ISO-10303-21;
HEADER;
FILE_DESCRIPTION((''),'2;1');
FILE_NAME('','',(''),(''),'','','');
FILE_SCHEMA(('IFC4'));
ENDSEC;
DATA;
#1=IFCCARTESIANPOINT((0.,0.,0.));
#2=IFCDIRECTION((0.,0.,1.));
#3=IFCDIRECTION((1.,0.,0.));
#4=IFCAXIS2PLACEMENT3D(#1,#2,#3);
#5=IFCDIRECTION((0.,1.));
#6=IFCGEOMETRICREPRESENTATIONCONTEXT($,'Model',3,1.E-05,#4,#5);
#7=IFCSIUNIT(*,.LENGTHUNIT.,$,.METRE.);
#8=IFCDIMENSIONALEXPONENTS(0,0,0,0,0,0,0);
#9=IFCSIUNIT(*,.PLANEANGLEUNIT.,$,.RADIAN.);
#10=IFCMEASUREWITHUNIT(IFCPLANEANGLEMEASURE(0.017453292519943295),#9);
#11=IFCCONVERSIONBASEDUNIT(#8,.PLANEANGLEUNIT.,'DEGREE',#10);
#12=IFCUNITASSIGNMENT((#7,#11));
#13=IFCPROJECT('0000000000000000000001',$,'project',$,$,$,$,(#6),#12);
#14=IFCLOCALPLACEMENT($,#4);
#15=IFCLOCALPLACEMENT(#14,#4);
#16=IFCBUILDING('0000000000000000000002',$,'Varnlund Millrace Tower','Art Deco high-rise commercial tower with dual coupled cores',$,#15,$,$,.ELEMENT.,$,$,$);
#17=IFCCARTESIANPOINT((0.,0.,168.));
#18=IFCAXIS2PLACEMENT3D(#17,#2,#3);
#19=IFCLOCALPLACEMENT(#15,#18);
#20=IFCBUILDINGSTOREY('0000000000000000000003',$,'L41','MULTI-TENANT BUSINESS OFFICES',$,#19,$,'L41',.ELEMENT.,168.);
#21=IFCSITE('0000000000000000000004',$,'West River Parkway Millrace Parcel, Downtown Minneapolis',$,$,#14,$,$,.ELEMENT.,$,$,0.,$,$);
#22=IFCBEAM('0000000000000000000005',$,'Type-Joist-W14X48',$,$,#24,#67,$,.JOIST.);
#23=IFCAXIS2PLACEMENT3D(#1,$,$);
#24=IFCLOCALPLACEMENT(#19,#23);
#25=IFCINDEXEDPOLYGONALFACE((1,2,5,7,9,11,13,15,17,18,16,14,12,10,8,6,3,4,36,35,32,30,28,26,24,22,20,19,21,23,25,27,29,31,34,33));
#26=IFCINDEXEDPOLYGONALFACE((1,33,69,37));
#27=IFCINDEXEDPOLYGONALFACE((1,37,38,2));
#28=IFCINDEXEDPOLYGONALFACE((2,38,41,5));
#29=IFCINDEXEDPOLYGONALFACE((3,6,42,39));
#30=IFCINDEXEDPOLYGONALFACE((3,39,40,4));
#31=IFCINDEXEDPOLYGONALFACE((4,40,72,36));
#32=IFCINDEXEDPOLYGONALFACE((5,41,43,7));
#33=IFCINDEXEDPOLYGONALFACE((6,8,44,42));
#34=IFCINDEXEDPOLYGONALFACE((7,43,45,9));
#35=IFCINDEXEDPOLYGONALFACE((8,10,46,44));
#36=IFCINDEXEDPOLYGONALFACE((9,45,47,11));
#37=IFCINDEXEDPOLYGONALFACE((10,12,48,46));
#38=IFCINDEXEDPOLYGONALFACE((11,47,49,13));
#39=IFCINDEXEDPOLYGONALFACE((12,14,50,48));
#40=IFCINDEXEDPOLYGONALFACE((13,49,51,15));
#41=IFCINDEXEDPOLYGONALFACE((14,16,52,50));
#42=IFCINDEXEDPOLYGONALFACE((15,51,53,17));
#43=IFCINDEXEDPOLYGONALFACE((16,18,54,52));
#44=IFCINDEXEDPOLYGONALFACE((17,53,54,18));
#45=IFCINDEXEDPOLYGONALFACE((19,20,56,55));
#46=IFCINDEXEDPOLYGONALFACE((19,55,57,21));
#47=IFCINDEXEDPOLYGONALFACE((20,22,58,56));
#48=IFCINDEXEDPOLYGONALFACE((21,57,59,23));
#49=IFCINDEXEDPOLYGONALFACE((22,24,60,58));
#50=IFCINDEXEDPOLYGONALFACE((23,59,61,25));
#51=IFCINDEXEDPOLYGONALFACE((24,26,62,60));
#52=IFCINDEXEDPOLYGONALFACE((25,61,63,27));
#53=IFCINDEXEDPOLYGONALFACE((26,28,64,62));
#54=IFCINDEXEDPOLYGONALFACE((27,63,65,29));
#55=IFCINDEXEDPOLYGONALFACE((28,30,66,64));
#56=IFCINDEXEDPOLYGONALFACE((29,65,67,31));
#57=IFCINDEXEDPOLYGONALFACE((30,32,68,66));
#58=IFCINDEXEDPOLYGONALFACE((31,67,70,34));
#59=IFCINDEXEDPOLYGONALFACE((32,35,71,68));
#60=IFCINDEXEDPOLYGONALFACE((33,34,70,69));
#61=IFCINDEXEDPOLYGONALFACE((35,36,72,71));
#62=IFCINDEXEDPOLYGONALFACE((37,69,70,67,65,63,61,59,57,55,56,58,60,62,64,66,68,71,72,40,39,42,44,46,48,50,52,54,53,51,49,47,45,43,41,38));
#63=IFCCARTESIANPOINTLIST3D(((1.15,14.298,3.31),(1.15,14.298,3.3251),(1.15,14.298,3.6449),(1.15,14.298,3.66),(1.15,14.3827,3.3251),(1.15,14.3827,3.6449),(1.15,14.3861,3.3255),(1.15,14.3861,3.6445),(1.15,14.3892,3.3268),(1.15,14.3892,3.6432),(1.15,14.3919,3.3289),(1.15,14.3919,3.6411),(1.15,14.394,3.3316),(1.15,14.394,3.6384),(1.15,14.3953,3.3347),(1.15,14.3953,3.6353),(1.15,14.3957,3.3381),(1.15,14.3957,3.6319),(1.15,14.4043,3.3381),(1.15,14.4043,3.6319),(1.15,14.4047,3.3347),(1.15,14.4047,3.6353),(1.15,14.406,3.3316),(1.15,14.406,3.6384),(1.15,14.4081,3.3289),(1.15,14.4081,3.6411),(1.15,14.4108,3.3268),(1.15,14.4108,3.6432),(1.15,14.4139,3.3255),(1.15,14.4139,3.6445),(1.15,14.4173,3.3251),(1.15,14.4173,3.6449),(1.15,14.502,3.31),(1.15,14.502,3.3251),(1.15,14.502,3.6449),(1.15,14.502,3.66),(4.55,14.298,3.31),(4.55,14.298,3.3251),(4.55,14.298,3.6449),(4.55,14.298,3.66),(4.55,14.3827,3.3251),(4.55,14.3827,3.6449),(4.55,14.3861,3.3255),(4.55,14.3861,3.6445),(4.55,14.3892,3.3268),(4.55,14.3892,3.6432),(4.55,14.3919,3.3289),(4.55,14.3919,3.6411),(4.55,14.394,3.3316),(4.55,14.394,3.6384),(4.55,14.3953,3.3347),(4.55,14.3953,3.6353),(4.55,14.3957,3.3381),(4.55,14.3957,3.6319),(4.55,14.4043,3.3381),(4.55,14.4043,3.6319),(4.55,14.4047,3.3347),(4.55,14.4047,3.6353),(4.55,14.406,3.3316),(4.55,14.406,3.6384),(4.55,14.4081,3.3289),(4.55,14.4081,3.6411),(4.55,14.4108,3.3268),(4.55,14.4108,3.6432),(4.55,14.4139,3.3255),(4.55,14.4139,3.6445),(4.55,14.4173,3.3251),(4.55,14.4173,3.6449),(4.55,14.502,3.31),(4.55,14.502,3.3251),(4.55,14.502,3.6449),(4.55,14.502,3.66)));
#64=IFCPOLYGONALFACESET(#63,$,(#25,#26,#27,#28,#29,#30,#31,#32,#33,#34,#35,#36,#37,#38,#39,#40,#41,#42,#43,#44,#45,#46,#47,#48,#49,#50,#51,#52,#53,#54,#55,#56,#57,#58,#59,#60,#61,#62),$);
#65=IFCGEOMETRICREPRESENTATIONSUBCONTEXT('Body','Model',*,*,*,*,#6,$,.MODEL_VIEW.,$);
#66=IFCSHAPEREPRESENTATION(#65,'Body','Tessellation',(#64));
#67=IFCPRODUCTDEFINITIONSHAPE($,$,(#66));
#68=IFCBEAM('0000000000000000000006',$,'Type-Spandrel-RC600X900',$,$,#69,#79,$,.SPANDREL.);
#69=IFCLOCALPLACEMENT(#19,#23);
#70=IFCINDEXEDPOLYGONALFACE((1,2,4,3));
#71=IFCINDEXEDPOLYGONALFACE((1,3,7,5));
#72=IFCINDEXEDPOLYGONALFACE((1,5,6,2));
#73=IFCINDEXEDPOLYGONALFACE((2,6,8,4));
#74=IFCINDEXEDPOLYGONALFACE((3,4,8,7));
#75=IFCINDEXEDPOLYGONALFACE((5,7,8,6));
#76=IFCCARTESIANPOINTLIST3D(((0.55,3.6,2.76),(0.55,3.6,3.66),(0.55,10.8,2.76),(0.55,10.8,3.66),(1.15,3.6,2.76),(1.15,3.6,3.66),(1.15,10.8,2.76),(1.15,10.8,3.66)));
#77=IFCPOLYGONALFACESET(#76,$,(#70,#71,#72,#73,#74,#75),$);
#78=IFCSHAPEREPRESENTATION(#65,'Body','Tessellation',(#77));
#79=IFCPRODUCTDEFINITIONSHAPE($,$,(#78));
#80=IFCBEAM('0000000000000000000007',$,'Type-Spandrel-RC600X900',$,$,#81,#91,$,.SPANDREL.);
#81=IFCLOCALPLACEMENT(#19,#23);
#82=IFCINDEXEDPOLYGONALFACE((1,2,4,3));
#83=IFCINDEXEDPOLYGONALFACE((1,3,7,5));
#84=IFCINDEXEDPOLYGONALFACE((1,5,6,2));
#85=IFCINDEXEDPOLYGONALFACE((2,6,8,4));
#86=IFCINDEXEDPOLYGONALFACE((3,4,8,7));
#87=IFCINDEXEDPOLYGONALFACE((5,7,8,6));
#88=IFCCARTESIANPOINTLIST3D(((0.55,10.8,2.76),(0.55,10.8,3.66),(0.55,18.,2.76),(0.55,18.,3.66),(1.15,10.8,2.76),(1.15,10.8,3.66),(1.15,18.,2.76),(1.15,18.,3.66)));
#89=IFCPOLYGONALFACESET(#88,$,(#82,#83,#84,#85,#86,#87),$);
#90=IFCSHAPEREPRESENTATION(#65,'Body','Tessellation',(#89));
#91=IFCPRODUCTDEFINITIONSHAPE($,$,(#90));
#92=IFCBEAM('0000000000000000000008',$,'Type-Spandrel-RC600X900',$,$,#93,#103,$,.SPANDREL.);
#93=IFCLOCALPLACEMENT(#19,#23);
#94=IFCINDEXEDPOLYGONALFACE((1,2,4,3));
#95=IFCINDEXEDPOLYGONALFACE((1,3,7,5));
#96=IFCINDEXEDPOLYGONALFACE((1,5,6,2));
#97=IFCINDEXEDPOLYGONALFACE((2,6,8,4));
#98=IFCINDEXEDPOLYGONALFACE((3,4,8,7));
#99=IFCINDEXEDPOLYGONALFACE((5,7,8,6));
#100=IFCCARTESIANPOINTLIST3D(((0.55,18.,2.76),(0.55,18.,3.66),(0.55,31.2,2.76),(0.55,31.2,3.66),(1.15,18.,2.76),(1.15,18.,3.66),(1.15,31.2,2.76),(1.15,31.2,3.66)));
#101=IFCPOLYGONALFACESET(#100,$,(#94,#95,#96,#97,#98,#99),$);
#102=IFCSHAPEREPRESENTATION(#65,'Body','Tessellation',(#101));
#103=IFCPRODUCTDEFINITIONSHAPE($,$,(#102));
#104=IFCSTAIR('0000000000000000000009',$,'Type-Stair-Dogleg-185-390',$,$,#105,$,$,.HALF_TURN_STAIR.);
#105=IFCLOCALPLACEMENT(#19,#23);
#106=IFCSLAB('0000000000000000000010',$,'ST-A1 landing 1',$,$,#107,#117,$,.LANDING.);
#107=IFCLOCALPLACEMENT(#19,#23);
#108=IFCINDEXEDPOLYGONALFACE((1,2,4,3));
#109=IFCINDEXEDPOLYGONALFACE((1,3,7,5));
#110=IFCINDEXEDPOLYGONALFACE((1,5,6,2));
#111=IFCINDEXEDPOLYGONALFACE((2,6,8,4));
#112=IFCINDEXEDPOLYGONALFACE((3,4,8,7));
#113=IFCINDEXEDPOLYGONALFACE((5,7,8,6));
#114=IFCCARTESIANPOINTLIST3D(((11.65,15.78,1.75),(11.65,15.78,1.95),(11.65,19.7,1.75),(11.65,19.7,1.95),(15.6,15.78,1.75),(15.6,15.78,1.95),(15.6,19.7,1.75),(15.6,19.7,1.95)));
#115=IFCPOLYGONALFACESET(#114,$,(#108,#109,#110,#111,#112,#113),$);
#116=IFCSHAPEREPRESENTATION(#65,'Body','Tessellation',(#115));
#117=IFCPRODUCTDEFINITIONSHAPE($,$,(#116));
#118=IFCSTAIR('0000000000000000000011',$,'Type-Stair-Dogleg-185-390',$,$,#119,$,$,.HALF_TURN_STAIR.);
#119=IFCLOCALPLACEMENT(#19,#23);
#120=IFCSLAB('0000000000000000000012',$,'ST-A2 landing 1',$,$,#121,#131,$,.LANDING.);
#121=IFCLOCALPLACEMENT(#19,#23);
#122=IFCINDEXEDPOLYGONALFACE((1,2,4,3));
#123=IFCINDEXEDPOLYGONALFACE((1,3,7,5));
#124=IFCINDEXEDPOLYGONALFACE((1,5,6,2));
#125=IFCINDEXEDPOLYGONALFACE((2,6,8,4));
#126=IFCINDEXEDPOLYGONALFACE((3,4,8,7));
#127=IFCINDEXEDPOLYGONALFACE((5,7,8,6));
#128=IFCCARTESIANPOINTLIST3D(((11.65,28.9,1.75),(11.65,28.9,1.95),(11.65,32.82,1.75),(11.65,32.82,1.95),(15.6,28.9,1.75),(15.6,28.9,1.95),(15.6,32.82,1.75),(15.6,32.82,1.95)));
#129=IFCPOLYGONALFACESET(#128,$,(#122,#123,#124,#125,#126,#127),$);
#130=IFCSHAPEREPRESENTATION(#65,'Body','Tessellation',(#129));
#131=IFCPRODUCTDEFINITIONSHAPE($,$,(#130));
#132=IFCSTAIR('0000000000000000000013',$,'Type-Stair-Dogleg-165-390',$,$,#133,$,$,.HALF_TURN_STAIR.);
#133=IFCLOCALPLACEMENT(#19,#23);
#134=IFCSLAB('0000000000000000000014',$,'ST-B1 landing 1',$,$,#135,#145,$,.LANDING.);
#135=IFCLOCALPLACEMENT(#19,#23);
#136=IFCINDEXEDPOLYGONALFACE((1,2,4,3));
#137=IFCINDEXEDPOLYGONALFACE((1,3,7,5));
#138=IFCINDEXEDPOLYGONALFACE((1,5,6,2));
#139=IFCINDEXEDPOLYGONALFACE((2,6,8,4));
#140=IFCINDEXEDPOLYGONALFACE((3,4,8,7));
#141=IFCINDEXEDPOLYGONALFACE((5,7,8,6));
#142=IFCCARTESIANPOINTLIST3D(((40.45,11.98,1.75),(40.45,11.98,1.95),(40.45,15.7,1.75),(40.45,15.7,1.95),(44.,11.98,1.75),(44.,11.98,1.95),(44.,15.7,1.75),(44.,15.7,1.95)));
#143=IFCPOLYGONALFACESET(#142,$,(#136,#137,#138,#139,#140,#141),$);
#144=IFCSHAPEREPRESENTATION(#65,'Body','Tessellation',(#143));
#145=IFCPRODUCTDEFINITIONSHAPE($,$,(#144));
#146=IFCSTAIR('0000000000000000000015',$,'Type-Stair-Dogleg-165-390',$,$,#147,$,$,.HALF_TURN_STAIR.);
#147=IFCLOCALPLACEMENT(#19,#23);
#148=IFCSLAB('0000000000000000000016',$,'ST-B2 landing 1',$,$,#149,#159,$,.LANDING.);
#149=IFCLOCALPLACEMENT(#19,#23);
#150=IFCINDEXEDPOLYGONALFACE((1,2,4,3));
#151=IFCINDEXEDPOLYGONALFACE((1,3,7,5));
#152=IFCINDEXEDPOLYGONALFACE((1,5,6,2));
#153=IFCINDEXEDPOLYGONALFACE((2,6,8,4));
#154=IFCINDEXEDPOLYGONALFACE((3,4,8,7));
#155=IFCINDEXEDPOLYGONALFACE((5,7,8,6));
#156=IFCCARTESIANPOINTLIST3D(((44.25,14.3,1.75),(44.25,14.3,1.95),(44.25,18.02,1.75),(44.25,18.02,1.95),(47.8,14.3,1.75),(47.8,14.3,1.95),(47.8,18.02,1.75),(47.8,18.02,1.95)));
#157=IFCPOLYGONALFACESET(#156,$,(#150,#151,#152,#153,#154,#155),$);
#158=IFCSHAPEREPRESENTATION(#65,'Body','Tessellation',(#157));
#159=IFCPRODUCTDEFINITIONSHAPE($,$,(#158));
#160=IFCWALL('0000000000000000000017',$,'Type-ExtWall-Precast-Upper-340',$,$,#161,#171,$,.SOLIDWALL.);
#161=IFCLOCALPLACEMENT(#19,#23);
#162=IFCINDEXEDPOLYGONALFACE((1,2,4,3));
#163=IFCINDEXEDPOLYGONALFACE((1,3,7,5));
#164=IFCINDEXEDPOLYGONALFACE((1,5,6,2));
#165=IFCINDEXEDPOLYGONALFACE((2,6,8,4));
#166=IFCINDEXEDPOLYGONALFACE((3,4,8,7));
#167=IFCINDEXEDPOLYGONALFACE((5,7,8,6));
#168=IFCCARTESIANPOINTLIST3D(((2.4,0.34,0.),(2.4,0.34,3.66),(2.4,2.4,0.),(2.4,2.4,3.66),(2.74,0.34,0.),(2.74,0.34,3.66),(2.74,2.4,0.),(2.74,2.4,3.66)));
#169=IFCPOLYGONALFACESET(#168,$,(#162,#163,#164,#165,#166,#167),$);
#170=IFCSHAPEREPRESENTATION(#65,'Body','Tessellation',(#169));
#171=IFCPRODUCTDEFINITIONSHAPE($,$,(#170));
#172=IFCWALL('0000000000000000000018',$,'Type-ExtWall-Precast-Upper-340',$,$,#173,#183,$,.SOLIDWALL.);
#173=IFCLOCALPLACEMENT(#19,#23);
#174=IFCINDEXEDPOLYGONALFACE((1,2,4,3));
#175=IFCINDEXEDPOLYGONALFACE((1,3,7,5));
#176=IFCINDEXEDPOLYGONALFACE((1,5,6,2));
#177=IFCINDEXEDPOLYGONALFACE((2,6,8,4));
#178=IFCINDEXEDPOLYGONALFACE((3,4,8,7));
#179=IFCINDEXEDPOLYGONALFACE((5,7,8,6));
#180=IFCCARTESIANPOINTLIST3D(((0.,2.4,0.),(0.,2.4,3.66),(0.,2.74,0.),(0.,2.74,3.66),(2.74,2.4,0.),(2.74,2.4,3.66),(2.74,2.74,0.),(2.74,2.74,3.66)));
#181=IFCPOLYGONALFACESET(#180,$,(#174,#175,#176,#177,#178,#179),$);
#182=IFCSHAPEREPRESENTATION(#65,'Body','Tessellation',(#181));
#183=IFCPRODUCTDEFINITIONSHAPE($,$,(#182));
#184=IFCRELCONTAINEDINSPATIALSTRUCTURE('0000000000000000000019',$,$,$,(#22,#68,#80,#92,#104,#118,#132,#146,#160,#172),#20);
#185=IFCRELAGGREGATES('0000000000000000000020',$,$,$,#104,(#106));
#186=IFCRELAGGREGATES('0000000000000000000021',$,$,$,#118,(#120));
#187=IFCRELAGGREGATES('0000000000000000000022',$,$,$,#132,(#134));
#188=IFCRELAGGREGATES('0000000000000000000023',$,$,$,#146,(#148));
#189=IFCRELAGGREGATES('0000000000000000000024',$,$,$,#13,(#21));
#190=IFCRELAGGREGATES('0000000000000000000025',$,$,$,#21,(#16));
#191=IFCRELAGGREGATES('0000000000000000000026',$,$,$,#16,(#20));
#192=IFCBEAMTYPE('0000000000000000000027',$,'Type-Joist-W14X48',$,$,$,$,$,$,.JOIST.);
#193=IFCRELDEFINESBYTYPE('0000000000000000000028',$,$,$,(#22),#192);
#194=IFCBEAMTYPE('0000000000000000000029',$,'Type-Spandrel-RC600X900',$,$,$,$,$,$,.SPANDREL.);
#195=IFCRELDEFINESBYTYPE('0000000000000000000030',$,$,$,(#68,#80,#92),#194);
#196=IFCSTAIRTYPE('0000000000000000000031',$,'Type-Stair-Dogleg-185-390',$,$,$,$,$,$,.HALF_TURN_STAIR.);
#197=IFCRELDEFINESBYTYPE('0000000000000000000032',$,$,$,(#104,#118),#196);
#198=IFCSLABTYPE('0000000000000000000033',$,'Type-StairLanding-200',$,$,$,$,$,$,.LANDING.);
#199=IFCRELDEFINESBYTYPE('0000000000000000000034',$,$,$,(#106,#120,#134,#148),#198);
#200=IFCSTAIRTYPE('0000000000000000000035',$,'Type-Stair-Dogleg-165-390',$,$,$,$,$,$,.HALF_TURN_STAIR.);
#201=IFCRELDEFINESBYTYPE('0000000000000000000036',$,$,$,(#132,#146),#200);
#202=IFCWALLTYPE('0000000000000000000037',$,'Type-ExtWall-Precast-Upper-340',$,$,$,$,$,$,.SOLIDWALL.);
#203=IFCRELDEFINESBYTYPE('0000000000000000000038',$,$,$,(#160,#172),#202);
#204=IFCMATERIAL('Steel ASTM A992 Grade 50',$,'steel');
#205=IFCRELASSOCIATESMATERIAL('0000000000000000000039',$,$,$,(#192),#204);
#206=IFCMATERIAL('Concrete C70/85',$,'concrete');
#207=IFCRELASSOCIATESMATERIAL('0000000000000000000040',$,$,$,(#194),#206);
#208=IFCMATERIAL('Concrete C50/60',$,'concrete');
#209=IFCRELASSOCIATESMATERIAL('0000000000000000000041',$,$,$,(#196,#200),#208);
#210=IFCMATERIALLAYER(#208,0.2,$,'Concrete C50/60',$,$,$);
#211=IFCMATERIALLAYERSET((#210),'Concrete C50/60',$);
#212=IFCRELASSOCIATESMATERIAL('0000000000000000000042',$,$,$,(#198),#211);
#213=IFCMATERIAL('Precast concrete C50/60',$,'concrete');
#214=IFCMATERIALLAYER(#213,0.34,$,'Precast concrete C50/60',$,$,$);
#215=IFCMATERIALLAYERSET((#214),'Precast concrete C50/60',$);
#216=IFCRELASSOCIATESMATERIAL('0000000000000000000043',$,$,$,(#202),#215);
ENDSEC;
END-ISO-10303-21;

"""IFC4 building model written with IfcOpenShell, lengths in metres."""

from ifc_helpers import new_model, entity, si_unit, converted_unit, direction, frame, origin_with_axes, origin_2d_with_axis, place, context, subcontext, project, spatial, polyline, rectangle, i_section, outline, extrude, material, layer, layer_set, material_profile, profile_set, type_object, element, aggregate, save


model = new_model("IFC4")

# Units and contexts
model_context = context("Model", 3, precision=1e-05, world=origin_with_axes(), true_north=direction((0.0, 1.0)))
body_context = subcontext(model_context, "Body", "Model", "MODEL_VIEW")
ifc_project = project(units=[si_unit("LENGTHUNIT", "METRE"), converted_unit("PLANEANGLEUNIT", "DEGREE", entity("IfcPlaneAngleMeasure", 0.017453292519943295), si_unit("PLANEANGLEUNIT", "RADIAN"), dimensions=[0, 0, 0, 0, 0, 0, 0])], contexts=[model_context])

# Site, building, storey
site_placement = place(None, origin_with_axes())
site = spatial("IfcSite", under=ifc_project, at=site_placement, Name="West River Parkway Millrace Parcel, Downtown Minneapolis", CompositionType="ELEMENT", RefElevation=0.0)
building_placement = place(site_placement, origin_with_axes())
building = spatial("IfcBuilding", under=site, at=building_placement, Name="Varnlund Millrace Tower", Description="Art Deco high-rise commercial tower with dual coupled cores", CompositionType="ELEMENT")
storey_placement = place(building_placement, frame((0.0, 0.0, 168.0), z_axis=(0.0, 0.0, 1.0), x_axis=(1.0, 0.0, 0.0)))
storey = spatial("IfcBuildingStorey", under=building, at=storey_placement, Name="L41", Description="MULTI-TENANT BUSINESS OFFICES", LongName="L41", CompositionType="ELEMENT", Elevation=168.0)

# Beams
ifc_material_1 = material(Name="Steel ASTM A992 Grade 50", Category="steel")
ifc_material_profile_1 = material_profile(ifc_material_1, i_section(OverallWidth=0.204, OverallDepth=0.35, WebThickness=0.0086, FlangeThickness=0.0151, FilletRadius=0.013, at=origin_2d_with_axis()), Name="Steel ASTM A992 Grade 50")
ifc_profile_set_1 = profile_set([ifc_material_profile_1], Name="Steel ASTM A992 Grade 50")
beam_type_1 = type_object("IfcBeamType", Name="Type-Joist-W14X48", PredefinedType="JOIST", material=ifc_profile_set_1)
for number, where, z_axis, x_axis, name in (
    (1, (1.15, 14.4, 3.485), (1.0, 0.0, 0.0), (0.0, 1.0, 0.0), "Type-Joist-W14X48"),
):
    element("IfcBeam", number, at=place(storey_placement, frame(where, z_axis=z_axis, x_axis=x_axis)), inside=storey, type_object=beam_type_1, Name=name, PredefinedType="JOIST", context=body_context, shape_type="SweptSolid", body=[
        extrude(i_section(OverallWidth=0.204, OverallDepth=0.35, WebThickness=0.0086, FlangeThickness=0.0151, FilletRadius=0.013, at=origin_2d_with_axis()), origin_with_axes(), (0.0, 0.0, 1.0), 3.4),
    ])
ifc_material_2 = material(Name="Concrete C70/85", Category="concrete")
ifc_material_profile_2 = material_profile(ifc_material_2, rectangle(XDim=0.6, YDim=0.9, at=origin_2d_with_axis()), Name="Concrete C70/85")
ifc_profile_set_2 = profile_set([ifc_material_profile_2], Name="Concrete C70/85")
beam_type_2 = type_object("IfcBeamType", Name="Type-Spandrel-RC600X900", PredefinedType="SPANDREL", material=ifc_profile_set_2)
for number, where, z_axis, x_axis, name in (
    (2, (0.85, 3.6, 3.21), (0.0, 1.0, 0.0), (-1.0, 0.0, 0.0), "Type-Spandrel-RC600X900"),
    (3, (0.85, 10.8, 3.21), (0.0, 1.0, 0.0), (-1.0, 0.0, 0.0), "Type-Spandrel-RC600X900"),
):
    element("IfcBeam", number, at=place(storey_placement, frame(where, z_axis=z_axis, x_axis=x_axis)), inside=storey, type_object=beam_type_2, Name=name, PredefinedType="SPANDREL", context=body_context, shape_type="SweptSolid", body=[
        extrude(rectangle(XDim=0.6, YDim=0.9, at=origin_2d_with_axis()), origin_with_axes(), (0.0, 0.0, 1.0), 7.2),
    ])
beam_1_placement = place(storey_placement, frame((0.85, 18.0, 3.21), z_axis=(0.0, 1.0, 0.0), x_axis=(-1.0, 0.0, 0.0)))
element("IfcBeam", 4, at=beam_1_placement, inside=storey, type_object=beam_type_2, Name="Type-Spandrel-RC600X900", PredefinedType="SPANDREL", context=body_context, shape_type="SweptSolid", body=[
    extrude(rectangle(XDim=0.6, YDim=0.9, at=origin_2d_with_axis()), origin_with_axes(), (0.0, 0.0, 1.0), 13.2),
])

# Stairs, slabs
ifc_material_3 = material(Name="Concrete C50/60", Category="concrete")
stair_type_1 = type_object("IfcStairType", Name="Type-Stair-Dogleg-185-390", PredefinedType="HALF_TURN_STAIR", material=ifc_material_3)
stair_1_placement = place(storey_placement, origin_with_axes())
stair_1 = element("IfcStair", 5, at=stair_1_placement, inside=storey, type_object=stair_type_1, Name="Type-Stair-Dogleg-185-390", PredefinedType="HALF_TURN_STAIR")
ifc_layer_1 = layer(ifc_material_3, 0.2, Name="Concrete C50/60")
ifc_layer_set_1 = layer_set([ifc_layer_1], Name="Concrete C50/60")
slab_type = type_object("IfcSlabType", Name="Type-StairLanding-200", PredefinedType="LANDING", material=ifc_layer_set_1)
slab_1_placement = place(storey_placement, frame((0.0, 0.0, 1.75), z_axis=(0.0, 0.0, 1.0), x_axis=(1.0, 0.0, 0.0)))
slab_1 = element("IfcSlab", 6, at=slab_1_placement, type_object=slab_type, Name="ST-A1 landing 1", PredefinedType="LANDING", context=body_context, shape_type="SweptSolid", body=[
    extrude(outline(polyline([(15.6, 15.78), (15.6, 19.7), (11.65, 19.7), (11.65, 15.78), (15.6, 15.78)])), origin_with_axes(), (0.0, 0.0, 1.0), 0.2),
])
aggregate(stair_1, [slab_1])
stair_2_placement = place(storey_placement, origin_with_axes())
stair_2 = element("IfcStair", 7, at=stair_2_placement, inside=storey, type_object=stair_type_1, Name="Type-Stair-Dogleg-185-390", PredefinedType="HALF_TURN_STAIR")
slab_2_placement = place(storey_placement, frame((0.0, 0.0, 1.75), z_axis=(0.0, 0.0, 1.0), x_axis=(1.0, 0.0, 0.0)))
slab_2 = element("IfcSlab", 8, at=slab_2_placement, type_object=slab_type, Name="ST-A2 landing 1", PredefinedType="LANDING", context=body_context, shape_type="SweptSolid", body=[
    extrude(outline(polyline([(11.65, 32.82), (11.65, 28.9), (15.6, 28.9), (15.6, 32.82), (11.65, 32.82)])), origin_with_axes(), (0.0, 0.0, 1.0), 0.2),
])
aggregate(stair_2, [slab_2])
stair_type_2 = type_object("IfcStairType", Name="Type-Stair-Dogleg-165-390", PredefinedType="HALF_TURN_STAIR", material=ifc_material_3)
stair_3_placement = place(storey_placement, origin_with_axes())
stair_3 = element("IfcStair", 9, at=stair_3_placement, inside=storey, type_object=stair_type_2, Name="Type-Stair-Dogleg-165-390", PredefinedType="HALF_TURN_STAIR")
slab_3_placement = place(storey_placement, frame((0.0, 0.0, 1.75), z_axis=(0.0, 0.0, 1.0), x_axis=(1.0, 0.0, 0.0)))
slab_3 = element("IfcSlab", 10, at=slab_3_placement, type_object=slab_type, Name="ST-B1 landing 1", PredefinedType="LANDING", context=body_context, shape_type="SweptSolid", body=[
    extrude(outline(polyline([(44.0, 11.98), (44.0, 15.7), (40.45, 15.7), (40.45, 11.98), (44.0, 11.98)])), origin_with_axes(), (0.0, 0.0, 1.0), 0.2),
])
aggregate(stair_3, [slab_3])
stair_4_placement = place(storey_placement, origin_with_axes())
stair_4 = element("IfcStair", 11, at=stair_4_placement, inside=storey, type_object=stair_type_2, Name="Type-Stair-Dogleg-165-390", PredefinedType="HALF_TURN_STAIR")
slab_4_placement = place(storey_placement, frame((0.0, 0.0, 1.75), z_axis=(0.0, 0.0, 1.0), x_axis=(1.0, 0.0, 0.0)))
slab_4 = element("IfcSlab", 12, at=slab_4_placement, type_object=slab_type, Name="ST-B2 landing 1", PredefinedType="LANDING", context=body_context, shape_type="SweptSolid", body=[
    extrude(outline(polyline([(44.25, 18.02), (44.25, 14.3), (47.8, 14.3), (47.8, 18.02), (44.25, 18.02)])), origin_with_axes(), (0.0, 0.0, 1.0), 0.2),
])
aggregate(stair_4, [slab_4])

# Walls
ifc_material_4 = material(Name="Precast concrete C50/60", Category="concrete")
ifc_layer_2 = layer(ifc_material_4, 0.34, Name="Precast concrete C50/60")
ifc_layer_set_2 = layer_set([ifc_layer_2], Name="Precast concrete C50/60")
wall_type = type_object("IfcWallType", Name="Type-ExtWall-Precast-Upper-340", PredefinedType="SOLIDWALL", material=ifc_layer_set_2)
wall_1_placement = place(storey_placement, frame((2.57, 0.34, 0.0), z_axis=(0.0, 0.0, 1.0), x_axis=(0.0, 1.0, 0.0)))
element("IfcWall", 13, at=wall_1_placement, inside=storey, type_object=wall_type, Name="Type-ExtWall-Precast-Upper-340", PredefinedType="SOLIDWALL", context=body_context, shape_type="SweptSolid", body=[
    extrude(outline(polyline([(0.0, -0.17), (2.06, -0.17), (2.06, 0.17), (0.0, 0.17), (0.0, -0.17)])), origin_with_axes(), (0.0, 0.0, 1.0), 3.66),
])
wall_2_placement = place(storey_placement, frame((2.74, 2.57, 0.0), z_axis=(0.0, 0.0, 1.0), x_axis=(-1.0, 0.0, 0.0)))
element("IfcWall", 14, at=wall_2_placement, inside=storey, type_object=wall_type, Name="Type-ExtWall-Precast-Upper-340", PredefinedType="SOLIDWALL", context=body_context, shape_type="SweptSolid", body=[
    extrude(outline(polyline([(0.0, -0.17), (2.74, -0.17), (2.74, 0.17), (0.0, 0.17), (0.0, -0.17)])), origin_with_axes(), (0.0, 0.0, 1.0), 3.66),
])

save(model, "model.ifc")
